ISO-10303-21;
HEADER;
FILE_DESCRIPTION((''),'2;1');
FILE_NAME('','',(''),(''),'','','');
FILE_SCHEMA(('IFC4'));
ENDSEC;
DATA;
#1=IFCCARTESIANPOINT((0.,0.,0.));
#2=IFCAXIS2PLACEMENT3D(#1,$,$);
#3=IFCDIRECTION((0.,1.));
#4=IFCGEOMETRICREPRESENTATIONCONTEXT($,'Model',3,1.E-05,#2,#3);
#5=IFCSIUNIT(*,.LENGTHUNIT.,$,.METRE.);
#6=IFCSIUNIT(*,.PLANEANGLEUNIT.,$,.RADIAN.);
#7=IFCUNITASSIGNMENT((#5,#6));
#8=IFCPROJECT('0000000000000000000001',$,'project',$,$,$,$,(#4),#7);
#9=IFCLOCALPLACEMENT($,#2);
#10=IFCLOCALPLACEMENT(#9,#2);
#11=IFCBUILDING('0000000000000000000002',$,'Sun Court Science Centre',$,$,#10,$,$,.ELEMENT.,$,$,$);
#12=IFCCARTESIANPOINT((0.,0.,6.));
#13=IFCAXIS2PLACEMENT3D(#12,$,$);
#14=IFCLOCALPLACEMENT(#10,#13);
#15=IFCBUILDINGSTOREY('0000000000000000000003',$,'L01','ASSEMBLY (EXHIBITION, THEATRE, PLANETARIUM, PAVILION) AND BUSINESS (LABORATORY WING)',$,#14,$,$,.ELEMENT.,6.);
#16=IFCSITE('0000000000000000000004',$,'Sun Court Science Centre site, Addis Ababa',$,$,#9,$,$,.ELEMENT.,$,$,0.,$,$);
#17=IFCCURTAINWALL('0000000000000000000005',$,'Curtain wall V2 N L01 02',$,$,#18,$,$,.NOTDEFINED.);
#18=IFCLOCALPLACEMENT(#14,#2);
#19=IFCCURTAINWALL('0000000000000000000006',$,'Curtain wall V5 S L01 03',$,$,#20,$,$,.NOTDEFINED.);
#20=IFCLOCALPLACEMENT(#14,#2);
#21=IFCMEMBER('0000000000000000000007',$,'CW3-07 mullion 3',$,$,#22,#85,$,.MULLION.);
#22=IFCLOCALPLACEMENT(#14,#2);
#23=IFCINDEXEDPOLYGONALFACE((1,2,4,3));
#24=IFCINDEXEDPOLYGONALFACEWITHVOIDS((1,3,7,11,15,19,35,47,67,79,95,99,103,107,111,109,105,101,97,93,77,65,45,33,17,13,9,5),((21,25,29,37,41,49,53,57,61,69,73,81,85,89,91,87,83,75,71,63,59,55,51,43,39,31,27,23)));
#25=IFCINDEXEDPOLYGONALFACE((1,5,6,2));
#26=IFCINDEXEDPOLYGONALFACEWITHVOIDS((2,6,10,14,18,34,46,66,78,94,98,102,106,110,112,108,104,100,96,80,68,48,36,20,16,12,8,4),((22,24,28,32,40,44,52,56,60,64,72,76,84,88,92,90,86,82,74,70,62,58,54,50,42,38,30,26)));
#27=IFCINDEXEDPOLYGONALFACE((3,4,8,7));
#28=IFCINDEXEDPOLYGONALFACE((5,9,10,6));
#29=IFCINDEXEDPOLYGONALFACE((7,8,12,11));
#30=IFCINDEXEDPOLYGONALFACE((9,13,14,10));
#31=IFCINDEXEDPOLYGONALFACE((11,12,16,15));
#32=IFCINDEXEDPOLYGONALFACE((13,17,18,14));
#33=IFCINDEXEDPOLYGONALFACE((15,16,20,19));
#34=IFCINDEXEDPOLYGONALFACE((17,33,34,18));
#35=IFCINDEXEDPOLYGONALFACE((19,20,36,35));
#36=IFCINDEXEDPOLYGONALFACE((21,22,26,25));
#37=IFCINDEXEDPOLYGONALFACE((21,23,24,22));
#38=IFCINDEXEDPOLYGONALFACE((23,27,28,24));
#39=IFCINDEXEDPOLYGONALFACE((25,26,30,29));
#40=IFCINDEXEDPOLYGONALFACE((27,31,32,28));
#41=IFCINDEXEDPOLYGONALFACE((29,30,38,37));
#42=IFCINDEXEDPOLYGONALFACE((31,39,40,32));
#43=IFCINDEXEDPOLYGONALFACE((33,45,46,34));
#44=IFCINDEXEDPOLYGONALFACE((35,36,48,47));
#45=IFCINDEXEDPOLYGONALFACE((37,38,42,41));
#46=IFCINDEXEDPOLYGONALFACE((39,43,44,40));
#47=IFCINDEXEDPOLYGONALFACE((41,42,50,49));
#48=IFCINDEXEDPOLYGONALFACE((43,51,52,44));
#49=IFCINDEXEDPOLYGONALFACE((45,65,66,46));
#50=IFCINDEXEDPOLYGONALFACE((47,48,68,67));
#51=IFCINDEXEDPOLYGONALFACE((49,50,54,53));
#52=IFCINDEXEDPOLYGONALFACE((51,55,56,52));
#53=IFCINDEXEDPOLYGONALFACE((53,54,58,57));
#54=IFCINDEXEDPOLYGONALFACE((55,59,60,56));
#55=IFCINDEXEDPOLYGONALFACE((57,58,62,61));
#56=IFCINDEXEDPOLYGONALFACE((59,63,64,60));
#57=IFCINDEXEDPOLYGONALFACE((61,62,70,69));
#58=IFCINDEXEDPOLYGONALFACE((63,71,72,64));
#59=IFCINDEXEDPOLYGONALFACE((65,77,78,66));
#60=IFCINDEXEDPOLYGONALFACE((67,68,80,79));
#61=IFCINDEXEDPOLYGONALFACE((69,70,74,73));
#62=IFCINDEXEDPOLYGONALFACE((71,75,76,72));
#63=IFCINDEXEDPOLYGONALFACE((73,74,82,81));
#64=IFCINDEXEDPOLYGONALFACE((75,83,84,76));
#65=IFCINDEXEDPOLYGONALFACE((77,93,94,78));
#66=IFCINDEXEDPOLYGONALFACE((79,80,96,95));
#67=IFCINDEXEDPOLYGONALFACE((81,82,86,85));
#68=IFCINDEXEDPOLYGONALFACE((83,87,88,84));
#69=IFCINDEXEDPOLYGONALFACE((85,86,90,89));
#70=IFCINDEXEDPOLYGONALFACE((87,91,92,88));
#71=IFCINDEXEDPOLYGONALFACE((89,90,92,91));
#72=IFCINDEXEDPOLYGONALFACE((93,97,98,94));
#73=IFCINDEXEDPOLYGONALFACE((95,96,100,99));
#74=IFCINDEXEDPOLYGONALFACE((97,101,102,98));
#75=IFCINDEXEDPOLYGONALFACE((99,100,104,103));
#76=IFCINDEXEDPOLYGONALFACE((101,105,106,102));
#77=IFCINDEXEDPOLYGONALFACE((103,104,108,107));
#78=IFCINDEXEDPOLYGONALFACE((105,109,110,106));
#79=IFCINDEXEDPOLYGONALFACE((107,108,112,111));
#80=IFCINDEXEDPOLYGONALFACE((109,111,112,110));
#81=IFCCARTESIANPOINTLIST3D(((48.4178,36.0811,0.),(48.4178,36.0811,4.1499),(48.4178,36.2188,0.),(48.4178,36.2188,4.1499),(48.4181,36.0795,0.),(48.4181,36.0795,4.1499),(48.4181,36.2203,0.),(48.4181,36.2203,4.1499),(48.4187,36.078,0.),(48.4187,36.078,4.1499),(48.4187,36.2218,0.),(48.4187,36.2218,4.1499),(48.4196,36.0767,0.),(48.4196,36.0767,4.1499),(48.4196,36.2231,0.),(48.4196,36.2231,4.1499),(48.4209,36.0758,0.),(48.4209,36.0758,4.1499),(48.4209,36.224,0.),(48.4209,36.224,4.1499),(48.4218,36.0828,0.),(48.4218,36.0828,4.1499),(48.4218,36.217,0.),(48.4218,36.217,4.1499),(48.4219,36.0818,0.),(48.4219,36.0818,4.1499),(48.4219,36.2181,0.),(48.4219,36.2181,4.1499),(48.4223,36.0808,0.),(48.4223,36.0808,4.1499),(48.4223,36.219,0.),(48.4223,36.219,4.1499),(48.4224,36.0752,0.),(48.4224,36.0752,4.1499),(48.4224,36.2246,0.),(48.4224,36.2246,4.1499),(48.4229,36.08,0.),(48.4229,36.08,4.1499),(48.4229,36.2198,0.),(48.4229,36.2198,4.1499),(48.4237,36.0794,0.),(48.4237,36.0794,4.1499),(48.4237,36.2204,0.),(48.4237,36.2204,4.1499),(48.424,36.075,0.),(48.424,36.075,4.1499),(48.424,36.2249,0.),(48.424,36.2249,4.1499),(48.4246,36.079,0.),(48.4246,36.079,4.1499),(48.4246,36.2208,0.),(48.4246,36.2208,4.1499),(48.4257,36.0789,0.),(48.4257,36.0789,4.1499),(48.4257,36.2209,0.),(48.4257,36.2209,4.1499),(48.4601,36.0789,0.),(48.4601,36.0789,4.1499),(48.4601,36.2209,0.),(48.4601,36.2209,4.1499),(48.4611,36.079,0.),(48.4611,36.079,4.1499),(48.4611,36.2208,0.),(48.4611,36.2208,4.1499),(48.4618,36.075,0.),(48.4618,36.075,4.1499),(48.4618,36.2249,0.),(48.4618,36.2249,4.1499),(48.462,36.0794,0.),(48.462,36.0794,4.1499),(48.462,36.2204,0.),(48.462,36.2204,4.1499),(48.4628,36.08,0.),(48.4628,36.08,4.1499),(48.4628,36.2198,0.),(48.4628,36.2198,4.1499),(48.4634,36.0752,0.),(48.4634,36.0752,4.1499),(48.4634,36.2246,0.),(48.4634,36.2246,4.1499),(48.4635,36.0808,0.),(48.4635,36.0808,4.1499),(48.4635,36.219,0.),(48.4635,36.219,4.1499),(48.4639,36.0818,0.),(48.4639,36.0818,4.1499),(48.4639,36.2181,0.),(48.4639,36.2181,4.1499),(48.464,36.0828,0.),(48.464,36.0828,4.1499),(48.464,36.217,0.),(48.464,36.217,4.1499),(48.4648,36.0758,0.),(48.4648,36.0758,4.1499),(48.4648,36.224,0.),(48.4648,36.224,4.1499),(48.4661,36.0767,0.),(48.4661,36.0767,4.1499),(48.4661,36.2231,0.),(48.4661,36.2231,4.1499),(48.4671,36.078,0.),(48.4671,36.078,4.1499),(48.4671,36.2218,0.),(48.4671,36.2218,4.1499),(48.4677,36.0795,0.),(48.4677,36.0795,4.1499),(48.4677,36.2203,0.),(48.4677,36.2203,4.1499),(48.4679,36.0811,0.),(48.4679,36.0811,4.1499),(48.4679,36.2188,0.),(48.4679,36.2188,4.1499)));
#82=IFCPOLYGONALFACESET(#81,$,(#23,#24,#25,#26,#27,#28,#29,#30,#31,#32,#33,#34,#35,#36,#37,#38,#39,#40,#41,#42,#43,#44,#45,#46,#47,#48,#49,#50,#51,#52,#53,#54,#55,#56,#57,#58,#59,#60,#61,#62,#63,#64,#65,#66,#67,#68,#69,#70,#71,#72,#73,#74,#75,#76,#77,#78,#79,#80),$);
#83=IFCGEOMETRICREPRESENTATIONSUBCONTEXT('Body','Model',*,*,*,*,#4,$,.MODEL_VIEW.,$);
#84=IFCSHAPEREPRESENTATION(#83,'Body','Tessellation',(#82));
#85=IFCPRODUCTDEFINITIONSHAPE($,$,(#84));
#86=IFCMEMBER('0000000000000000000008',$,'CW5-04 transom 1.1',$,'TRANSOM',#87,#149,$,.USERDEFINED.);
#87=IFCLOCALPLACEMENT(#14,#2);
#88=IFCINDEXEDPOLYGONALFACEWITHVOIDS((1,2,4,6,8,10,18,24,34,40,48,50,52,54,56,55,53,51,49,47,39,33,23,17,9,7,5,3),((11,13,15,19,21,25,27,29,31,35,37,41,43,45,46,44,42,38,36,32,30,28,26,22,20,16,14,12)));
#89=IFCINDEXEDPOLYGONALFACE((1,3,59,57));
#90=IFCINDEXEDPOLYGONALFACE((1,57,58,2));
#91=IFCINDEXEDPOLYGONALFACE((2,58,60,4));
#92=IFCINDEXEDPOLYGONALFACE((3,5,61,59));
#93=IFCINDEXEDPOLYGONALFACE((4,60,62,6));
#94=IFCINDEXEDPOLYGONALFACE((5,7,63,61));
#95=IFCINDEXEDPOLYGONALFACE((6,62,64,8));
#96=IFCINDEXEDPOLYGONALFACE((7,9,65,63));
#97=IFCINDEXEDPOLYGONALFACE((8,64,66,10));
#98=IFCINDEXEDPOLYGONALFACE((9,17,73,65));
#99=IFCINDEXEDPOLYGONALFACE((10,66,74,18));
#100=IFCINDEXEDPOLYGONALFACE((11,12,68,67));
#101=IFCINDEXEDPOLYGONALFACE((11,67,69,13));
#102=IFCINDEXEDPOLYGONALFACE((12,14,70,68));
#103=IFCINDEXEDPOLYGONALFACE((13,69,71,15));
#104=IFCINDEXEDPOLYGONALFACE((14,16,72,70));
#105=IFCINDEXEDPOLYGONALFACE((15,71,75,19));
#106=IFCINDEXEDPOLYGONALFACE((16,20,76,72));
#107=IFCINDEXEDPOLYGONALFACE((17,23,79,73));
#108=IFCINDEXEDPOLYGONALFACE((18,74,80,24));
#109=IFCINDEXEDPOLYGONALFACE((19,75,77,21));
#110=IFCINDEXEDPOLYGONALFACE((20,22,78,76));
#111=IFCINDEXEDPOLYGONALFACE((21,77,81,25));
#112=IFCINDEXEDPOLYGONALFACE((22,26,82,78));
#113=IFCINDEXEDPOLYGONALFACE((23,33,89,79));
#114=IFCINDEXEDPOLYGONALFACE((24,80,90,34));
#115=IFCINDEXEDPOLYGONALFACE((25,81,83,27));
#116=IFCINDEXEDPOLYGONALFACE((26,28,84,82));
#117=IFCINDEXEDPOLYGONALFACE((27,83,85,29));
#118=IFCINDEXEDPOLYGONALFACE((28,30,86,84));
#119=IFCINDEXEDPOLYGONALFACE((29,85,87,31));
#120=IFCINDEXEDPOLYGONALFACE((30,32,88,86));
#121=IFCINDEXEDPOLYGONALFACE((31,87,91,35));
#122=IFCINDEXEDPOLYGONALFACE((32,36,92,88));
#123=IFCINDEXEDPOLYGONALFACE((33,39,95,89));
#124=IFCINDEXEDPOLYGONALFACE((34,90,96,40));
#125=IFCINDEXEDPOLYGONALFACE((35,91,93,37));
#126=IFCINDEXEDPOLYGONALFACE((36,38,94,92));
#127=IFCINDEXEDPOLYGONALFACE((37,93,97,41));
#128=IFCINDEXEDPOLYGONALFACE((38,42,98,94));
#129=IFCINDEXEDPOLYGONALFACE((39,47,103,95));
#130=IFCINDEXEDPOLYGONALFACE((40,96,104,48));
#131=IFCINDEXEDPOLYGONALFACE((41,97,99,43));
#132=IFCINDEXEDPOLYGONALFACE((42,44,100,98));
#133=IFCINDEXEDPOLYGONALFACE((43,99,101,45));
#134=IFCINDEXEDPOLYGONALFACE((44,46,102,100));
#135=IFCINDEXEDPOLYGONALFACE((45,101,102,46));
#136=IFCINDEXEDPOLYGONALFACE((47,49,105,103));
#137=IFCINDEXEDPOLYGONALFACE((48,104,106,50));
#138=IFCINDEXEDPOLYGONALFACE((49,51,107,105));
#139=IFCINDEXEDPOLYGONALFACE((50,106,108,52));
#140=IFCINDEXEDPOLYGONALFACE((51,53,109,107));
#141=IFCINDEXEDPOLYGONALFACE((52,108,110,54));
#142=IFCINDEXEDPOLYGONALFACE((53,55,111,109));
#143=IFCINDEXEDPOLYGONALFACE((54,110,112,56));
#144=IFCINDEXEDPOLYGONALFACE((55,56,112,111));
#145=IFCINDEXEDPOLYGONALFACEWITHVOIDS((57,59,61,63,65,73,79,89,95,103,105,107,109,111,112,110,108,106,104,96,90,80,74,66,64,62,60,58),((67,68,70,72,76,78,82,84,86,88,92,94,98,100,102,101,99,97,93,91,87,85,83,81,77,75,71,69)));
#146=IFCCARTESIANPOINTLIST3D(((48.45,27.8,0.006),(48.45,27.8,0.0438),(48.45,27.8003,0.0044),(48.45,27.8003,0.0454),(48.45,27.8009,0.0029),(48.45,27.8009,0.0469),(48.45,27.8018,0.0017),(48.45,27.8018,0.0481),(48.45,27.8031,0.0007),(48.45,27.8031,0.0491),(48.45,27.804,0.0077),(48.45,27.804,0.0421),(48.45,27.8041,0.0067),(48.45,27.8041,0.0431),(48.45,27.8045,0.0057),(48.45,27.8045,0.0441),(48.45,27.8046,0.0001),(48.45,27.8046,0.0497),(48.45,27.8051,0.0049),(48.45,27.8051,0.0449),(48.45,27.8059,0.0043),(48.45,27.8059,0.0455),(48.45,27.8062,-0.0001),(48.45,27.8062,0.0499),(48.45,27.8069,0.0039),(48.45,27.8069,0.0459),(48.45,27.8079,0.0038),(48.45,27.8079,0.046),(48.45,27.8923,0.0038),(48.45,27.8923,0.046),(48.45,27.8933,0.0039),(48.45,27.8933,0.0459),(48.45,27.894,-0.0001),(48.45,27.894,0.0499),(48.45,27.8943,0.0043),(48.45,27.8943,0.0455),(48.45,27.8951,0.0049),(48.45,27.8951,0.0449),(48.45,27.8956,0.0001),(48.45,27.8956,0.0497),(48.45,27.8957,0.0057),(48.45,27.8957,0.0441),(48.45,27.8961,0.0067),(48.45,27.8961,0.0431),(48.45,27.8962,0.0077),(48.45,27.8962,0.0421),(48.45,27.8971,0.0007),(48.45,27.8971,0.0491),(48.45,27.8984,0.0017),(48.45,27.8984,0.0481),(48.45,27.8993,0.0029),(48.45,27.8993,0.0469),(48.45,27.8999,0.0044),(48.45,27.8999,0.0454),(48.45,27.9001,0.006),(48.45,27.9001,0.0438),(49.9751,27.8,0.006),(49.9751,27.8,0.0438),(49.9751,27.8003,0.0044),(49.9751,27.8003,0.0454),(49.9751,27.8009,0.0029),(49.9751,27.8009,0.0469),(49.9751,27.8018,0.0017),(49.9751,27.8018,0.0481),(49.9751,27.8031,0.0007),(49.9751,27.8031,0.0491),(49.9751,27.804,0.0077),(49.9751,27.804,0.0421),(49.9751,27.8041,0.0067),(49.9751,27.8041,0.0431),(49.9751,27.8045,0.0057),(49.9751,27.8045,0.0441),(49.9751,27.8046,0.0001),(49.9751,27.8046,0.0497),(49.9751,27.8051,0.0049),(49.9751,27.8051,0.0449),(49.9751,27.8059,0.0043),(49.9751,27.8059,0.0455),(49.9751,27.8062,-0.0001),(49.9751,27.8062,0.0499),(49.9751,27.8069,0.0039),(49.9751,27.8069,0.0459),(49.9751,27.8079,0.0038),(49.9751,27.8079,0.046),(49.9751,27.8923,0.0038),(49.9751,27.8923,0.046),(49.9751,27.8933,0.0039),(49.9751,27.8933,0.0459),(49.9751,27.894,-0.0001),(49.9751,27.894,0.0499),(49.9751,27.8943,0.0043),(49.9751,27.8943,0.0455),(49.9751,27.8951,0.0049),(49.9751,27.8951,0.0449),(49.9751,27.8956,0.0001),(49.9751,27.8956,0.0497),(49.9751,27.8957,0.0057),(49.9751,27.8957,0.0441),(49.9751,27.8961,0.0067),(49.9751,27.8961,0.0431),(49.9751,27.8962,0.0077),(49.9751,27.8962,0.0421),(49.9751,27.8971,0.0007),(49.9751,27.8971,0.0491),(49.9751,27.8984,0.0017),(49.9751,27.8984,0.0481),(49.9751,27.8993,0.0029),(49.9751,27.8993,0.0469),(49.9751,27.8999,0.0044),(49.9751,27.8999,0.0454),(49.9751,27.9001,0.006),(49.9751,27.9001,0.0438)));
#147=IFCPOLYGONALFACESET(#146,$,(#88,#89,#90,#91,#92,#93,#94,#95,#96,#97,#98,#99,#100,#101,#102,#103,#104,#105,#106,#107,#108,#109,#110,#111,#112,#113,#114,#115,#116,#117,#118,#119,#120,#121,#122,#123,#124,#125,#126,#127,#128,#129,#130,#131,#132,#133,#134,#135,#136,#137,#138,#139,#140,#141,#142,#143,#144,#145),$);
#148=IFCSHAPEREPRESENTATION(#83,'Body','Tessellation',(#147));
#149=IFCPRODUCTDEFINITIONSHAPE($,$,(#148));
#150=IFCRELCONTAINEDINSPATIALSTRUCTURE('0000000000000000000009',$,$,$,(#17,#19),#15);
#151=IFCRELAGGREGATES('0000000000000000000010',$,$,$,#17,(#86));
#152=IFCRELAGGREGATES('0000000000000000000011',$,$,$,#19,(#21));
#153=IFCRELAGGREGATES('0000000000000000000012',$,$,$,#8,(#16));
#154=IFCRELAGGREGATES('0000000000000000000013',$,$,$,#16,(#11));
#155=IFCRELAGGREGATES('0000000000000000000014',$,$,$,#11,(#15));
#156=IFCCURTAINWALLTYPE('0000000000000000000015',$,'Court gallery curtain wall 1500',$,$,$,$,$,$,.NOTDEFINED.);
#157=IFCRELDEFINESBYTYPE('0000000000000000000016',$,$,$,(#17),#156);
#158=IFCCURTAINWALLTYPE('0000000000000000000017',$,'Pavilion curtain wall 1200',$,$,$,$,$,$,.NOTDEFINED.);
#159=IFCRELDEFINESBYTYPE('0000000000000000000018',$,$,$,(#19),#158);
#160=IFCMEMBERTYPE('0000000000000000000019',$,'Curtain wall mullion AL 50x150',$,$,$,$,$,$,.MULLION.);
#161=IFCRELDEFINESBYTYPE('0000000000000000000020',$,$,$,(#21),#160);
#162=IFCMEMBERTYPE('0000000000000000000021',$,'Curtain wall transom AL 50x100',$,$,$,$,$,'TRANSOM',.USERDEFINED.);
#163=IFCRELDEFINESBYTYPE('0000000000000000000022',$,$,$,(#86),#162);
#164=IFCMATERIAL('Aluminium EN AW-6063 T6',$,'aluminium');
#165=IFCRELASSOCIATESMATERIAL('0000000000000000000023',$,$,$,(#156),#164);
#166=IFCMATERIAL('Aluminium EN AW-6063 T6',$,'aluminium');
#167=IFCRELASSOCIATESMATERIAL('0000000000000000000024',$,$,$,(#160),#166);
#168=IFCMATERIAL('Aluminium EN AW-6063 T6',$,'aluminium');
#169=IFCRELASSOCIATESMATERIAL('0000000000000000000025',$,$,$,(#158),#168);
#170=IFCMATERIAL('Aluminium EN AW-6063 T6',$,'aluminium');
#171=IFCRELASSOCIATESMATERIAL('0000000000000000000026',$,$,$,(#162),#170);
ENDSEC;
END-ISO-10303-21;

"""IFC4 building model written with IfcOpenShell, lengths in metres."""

from ifc_helpers import new_model, si_unit, direction, frame, origin, origin_2d, place, context, subcontext, project, spatial, hollow_rectangle, extrude, material, material_profile, profile_set, type_object, element, aggregate, save


model = new_model("IFC4")

# Units and contexts
model_context = context("Model", 3, precision=1e-05, world=origin(), true_north=direction((0.0, 1.0)))
body_context = subcontext(model_context, "Body", "Model", "MODEL_VIEW")
ifc_project = project(units=[si_unit("LENGTHUNIT", "METRE"), si_unit("PLANEANGLEUNIT", "RADIAN")], contexts=[model_context])

# Site, building, storey
site_placement = place(None, origin())
site = spatial("IfcSite", under=ifc_project, at=site_placement, Name="Sun Court Science Centre site, Addis Ababa", CompositionType="ELEMENT", RefElevation=0.0)
building_placement = place(site_placement, origin())
building = spatial("IfcBuilding", under=site, at=building_placement, Name="Sun Court Science Centre", CompositionType="ELEMENT")
storey_placement = place(building_placement, frame((0.0, 0.0, 6.0)))
storey = spatial("IfcBuildingStorey", under=building, at=storey_placement, Name="L01", Description="ASSEMBLY (EXHIBITION, THEATRE, PLANETARIUM, PAVILION) AND BUSINESS (LABORATORY WING)", CompositionType="ELEMENT", Elevation=6.0)

# Curtain wall
ifc_material_1 = material(Name="Aluminium EN AW-6063 T6", Category="aluminium")
curtain_wall_type_1 = type_object("IfcCurtainWallType", Name="Court gallery curtain wall 1500", PredefinedType="NOTDEFINED", material=ifc_material_1)
curtain_wall_1_placement = place(storey_placement, origin())
curtain_wall_1 = element("IfcCurtainWall", 1, at=curtain_wall_1_placement, inside=storey, type_object=curtain_wall_type_1, Name="Curtain wall V2 N L01 02", PredefinedType="NOTDEFINED")
ifc_material_2 = material(Name="Aluminium EN AW-6063 T6", Category="aluminium")
ifc_material_profile_1 = material_profile(ifc_material_2, hollow_rectangle(XDim=0.05, YDim=0.1499, WallThickness=0.0039, InnerFilletRadius=0.0039, OuterFilletRadius=0.0061, at=origin_2d()), Name="AL 50x150x4")
ifc_profile_set_1 = profile_set([ifc_material_profile_1], Name="Aluminium EN AW-6063 T6")
member_type_1 = type_object("IfcMemberType", Name="Curtain wall mullion AL 50x150", PredefinedType="MULLION", material=ifc_profile_set_1)

# Curtain wall, member
ifc_material_3 = material(Name="Aluminium EN AW-6063 T6", Category="aluminium")
curtain_wall_type_2 = type_object("IfcCurtainWallType", Name="Pavilion curtain wall 1200", PredefinedType="NOTDEFINED", material=ifc_material_3)
curtain_wall_2_placement = place(storey_placement, origin())
curtain_wall_2 = element("IfcCurtainWall", 2, at=curtain_wall_2_placement, inside=storey, type_object=curtain_wall_type_2, Name="Curtain wall V5 S L01 03", PredefinedType="NOTDEFINED")
member_1_placement = place(storey_placement, frame((48.4429, 36.1499, 0.0), z_axis=(0.0, 0.0, 1.0), x_axis=(-1.0, 0.0, 0.0)))
member_1 = element("IfcMember", 3, at=member_1_placement, type_object=member_type_1, Name="CW3-07 mullion 3", PredefinedType="MULLION", context=body_context, shape_type="SweptSolid", body=[
    extrude(hollow_rectangle(XDim=0.05, YDim=0.1499, WallThickness=0.0039, InnerFilletRadius=0.0039, OuterFilletRadius=0.0061, at=origin_2d()), origin(), (0.0, 0.0, 1.0), 4.1499),
])

# Member
ifc_material_4 = material(Name="Aluminium EN AW-6063 T6", Category="aluminium")
ifc_material_profile_2 = material_profile(ifc_material_4, hollow_rectangle(XDim=0.05, YDim=0.1001, WallThickness=0.0039, InnerFilletRadius=0.0039, OuterFilletRadius=0.0061, at=origin_2d()), Name="AL 50x100x4")
ifc_profile_set_2 = profile_set([ifc_material_profile_2], Name="Aluminium EN AW-6063 T6")
member_type_2 = type_object("IfcMemberType", Name="Curtain wall transom AL 50x100", ElementType="TRANSOM", PredefinedType="USERDEFINED", material=ifc_profile_set_2)
member_2_placement = place(storey_placement, frame((48.45, 27.8501, 0.0249), z_axis=(1.0, 0.0, 0.0), x_axis=(0.0, 0.0, 1.0)))
member_2 = element("IfcMember", 4, at=member_2_placement, type_object=member_type_2, Name="CW5-04 transom 1.1", ObjectType="TRANSOM", PredefinedType="USERDEFINED", context=body_context, shape_type="SweptSolid", body=[
    extrude(hollow_rectangle(XDim=0.05, YDim=0.1001, WallThickness=0.0039, InnerFilletRadius=0.0039, OuterFilletRadius=0.0061, at=origin_2d()), origin(), (0.0, 0.0, 1.0), 1.5251),
])
aggregate(curtain_wall_1, [member_2])

aggregate(curtain_wall_2, [member_1])

save(model, "model.ifc")
